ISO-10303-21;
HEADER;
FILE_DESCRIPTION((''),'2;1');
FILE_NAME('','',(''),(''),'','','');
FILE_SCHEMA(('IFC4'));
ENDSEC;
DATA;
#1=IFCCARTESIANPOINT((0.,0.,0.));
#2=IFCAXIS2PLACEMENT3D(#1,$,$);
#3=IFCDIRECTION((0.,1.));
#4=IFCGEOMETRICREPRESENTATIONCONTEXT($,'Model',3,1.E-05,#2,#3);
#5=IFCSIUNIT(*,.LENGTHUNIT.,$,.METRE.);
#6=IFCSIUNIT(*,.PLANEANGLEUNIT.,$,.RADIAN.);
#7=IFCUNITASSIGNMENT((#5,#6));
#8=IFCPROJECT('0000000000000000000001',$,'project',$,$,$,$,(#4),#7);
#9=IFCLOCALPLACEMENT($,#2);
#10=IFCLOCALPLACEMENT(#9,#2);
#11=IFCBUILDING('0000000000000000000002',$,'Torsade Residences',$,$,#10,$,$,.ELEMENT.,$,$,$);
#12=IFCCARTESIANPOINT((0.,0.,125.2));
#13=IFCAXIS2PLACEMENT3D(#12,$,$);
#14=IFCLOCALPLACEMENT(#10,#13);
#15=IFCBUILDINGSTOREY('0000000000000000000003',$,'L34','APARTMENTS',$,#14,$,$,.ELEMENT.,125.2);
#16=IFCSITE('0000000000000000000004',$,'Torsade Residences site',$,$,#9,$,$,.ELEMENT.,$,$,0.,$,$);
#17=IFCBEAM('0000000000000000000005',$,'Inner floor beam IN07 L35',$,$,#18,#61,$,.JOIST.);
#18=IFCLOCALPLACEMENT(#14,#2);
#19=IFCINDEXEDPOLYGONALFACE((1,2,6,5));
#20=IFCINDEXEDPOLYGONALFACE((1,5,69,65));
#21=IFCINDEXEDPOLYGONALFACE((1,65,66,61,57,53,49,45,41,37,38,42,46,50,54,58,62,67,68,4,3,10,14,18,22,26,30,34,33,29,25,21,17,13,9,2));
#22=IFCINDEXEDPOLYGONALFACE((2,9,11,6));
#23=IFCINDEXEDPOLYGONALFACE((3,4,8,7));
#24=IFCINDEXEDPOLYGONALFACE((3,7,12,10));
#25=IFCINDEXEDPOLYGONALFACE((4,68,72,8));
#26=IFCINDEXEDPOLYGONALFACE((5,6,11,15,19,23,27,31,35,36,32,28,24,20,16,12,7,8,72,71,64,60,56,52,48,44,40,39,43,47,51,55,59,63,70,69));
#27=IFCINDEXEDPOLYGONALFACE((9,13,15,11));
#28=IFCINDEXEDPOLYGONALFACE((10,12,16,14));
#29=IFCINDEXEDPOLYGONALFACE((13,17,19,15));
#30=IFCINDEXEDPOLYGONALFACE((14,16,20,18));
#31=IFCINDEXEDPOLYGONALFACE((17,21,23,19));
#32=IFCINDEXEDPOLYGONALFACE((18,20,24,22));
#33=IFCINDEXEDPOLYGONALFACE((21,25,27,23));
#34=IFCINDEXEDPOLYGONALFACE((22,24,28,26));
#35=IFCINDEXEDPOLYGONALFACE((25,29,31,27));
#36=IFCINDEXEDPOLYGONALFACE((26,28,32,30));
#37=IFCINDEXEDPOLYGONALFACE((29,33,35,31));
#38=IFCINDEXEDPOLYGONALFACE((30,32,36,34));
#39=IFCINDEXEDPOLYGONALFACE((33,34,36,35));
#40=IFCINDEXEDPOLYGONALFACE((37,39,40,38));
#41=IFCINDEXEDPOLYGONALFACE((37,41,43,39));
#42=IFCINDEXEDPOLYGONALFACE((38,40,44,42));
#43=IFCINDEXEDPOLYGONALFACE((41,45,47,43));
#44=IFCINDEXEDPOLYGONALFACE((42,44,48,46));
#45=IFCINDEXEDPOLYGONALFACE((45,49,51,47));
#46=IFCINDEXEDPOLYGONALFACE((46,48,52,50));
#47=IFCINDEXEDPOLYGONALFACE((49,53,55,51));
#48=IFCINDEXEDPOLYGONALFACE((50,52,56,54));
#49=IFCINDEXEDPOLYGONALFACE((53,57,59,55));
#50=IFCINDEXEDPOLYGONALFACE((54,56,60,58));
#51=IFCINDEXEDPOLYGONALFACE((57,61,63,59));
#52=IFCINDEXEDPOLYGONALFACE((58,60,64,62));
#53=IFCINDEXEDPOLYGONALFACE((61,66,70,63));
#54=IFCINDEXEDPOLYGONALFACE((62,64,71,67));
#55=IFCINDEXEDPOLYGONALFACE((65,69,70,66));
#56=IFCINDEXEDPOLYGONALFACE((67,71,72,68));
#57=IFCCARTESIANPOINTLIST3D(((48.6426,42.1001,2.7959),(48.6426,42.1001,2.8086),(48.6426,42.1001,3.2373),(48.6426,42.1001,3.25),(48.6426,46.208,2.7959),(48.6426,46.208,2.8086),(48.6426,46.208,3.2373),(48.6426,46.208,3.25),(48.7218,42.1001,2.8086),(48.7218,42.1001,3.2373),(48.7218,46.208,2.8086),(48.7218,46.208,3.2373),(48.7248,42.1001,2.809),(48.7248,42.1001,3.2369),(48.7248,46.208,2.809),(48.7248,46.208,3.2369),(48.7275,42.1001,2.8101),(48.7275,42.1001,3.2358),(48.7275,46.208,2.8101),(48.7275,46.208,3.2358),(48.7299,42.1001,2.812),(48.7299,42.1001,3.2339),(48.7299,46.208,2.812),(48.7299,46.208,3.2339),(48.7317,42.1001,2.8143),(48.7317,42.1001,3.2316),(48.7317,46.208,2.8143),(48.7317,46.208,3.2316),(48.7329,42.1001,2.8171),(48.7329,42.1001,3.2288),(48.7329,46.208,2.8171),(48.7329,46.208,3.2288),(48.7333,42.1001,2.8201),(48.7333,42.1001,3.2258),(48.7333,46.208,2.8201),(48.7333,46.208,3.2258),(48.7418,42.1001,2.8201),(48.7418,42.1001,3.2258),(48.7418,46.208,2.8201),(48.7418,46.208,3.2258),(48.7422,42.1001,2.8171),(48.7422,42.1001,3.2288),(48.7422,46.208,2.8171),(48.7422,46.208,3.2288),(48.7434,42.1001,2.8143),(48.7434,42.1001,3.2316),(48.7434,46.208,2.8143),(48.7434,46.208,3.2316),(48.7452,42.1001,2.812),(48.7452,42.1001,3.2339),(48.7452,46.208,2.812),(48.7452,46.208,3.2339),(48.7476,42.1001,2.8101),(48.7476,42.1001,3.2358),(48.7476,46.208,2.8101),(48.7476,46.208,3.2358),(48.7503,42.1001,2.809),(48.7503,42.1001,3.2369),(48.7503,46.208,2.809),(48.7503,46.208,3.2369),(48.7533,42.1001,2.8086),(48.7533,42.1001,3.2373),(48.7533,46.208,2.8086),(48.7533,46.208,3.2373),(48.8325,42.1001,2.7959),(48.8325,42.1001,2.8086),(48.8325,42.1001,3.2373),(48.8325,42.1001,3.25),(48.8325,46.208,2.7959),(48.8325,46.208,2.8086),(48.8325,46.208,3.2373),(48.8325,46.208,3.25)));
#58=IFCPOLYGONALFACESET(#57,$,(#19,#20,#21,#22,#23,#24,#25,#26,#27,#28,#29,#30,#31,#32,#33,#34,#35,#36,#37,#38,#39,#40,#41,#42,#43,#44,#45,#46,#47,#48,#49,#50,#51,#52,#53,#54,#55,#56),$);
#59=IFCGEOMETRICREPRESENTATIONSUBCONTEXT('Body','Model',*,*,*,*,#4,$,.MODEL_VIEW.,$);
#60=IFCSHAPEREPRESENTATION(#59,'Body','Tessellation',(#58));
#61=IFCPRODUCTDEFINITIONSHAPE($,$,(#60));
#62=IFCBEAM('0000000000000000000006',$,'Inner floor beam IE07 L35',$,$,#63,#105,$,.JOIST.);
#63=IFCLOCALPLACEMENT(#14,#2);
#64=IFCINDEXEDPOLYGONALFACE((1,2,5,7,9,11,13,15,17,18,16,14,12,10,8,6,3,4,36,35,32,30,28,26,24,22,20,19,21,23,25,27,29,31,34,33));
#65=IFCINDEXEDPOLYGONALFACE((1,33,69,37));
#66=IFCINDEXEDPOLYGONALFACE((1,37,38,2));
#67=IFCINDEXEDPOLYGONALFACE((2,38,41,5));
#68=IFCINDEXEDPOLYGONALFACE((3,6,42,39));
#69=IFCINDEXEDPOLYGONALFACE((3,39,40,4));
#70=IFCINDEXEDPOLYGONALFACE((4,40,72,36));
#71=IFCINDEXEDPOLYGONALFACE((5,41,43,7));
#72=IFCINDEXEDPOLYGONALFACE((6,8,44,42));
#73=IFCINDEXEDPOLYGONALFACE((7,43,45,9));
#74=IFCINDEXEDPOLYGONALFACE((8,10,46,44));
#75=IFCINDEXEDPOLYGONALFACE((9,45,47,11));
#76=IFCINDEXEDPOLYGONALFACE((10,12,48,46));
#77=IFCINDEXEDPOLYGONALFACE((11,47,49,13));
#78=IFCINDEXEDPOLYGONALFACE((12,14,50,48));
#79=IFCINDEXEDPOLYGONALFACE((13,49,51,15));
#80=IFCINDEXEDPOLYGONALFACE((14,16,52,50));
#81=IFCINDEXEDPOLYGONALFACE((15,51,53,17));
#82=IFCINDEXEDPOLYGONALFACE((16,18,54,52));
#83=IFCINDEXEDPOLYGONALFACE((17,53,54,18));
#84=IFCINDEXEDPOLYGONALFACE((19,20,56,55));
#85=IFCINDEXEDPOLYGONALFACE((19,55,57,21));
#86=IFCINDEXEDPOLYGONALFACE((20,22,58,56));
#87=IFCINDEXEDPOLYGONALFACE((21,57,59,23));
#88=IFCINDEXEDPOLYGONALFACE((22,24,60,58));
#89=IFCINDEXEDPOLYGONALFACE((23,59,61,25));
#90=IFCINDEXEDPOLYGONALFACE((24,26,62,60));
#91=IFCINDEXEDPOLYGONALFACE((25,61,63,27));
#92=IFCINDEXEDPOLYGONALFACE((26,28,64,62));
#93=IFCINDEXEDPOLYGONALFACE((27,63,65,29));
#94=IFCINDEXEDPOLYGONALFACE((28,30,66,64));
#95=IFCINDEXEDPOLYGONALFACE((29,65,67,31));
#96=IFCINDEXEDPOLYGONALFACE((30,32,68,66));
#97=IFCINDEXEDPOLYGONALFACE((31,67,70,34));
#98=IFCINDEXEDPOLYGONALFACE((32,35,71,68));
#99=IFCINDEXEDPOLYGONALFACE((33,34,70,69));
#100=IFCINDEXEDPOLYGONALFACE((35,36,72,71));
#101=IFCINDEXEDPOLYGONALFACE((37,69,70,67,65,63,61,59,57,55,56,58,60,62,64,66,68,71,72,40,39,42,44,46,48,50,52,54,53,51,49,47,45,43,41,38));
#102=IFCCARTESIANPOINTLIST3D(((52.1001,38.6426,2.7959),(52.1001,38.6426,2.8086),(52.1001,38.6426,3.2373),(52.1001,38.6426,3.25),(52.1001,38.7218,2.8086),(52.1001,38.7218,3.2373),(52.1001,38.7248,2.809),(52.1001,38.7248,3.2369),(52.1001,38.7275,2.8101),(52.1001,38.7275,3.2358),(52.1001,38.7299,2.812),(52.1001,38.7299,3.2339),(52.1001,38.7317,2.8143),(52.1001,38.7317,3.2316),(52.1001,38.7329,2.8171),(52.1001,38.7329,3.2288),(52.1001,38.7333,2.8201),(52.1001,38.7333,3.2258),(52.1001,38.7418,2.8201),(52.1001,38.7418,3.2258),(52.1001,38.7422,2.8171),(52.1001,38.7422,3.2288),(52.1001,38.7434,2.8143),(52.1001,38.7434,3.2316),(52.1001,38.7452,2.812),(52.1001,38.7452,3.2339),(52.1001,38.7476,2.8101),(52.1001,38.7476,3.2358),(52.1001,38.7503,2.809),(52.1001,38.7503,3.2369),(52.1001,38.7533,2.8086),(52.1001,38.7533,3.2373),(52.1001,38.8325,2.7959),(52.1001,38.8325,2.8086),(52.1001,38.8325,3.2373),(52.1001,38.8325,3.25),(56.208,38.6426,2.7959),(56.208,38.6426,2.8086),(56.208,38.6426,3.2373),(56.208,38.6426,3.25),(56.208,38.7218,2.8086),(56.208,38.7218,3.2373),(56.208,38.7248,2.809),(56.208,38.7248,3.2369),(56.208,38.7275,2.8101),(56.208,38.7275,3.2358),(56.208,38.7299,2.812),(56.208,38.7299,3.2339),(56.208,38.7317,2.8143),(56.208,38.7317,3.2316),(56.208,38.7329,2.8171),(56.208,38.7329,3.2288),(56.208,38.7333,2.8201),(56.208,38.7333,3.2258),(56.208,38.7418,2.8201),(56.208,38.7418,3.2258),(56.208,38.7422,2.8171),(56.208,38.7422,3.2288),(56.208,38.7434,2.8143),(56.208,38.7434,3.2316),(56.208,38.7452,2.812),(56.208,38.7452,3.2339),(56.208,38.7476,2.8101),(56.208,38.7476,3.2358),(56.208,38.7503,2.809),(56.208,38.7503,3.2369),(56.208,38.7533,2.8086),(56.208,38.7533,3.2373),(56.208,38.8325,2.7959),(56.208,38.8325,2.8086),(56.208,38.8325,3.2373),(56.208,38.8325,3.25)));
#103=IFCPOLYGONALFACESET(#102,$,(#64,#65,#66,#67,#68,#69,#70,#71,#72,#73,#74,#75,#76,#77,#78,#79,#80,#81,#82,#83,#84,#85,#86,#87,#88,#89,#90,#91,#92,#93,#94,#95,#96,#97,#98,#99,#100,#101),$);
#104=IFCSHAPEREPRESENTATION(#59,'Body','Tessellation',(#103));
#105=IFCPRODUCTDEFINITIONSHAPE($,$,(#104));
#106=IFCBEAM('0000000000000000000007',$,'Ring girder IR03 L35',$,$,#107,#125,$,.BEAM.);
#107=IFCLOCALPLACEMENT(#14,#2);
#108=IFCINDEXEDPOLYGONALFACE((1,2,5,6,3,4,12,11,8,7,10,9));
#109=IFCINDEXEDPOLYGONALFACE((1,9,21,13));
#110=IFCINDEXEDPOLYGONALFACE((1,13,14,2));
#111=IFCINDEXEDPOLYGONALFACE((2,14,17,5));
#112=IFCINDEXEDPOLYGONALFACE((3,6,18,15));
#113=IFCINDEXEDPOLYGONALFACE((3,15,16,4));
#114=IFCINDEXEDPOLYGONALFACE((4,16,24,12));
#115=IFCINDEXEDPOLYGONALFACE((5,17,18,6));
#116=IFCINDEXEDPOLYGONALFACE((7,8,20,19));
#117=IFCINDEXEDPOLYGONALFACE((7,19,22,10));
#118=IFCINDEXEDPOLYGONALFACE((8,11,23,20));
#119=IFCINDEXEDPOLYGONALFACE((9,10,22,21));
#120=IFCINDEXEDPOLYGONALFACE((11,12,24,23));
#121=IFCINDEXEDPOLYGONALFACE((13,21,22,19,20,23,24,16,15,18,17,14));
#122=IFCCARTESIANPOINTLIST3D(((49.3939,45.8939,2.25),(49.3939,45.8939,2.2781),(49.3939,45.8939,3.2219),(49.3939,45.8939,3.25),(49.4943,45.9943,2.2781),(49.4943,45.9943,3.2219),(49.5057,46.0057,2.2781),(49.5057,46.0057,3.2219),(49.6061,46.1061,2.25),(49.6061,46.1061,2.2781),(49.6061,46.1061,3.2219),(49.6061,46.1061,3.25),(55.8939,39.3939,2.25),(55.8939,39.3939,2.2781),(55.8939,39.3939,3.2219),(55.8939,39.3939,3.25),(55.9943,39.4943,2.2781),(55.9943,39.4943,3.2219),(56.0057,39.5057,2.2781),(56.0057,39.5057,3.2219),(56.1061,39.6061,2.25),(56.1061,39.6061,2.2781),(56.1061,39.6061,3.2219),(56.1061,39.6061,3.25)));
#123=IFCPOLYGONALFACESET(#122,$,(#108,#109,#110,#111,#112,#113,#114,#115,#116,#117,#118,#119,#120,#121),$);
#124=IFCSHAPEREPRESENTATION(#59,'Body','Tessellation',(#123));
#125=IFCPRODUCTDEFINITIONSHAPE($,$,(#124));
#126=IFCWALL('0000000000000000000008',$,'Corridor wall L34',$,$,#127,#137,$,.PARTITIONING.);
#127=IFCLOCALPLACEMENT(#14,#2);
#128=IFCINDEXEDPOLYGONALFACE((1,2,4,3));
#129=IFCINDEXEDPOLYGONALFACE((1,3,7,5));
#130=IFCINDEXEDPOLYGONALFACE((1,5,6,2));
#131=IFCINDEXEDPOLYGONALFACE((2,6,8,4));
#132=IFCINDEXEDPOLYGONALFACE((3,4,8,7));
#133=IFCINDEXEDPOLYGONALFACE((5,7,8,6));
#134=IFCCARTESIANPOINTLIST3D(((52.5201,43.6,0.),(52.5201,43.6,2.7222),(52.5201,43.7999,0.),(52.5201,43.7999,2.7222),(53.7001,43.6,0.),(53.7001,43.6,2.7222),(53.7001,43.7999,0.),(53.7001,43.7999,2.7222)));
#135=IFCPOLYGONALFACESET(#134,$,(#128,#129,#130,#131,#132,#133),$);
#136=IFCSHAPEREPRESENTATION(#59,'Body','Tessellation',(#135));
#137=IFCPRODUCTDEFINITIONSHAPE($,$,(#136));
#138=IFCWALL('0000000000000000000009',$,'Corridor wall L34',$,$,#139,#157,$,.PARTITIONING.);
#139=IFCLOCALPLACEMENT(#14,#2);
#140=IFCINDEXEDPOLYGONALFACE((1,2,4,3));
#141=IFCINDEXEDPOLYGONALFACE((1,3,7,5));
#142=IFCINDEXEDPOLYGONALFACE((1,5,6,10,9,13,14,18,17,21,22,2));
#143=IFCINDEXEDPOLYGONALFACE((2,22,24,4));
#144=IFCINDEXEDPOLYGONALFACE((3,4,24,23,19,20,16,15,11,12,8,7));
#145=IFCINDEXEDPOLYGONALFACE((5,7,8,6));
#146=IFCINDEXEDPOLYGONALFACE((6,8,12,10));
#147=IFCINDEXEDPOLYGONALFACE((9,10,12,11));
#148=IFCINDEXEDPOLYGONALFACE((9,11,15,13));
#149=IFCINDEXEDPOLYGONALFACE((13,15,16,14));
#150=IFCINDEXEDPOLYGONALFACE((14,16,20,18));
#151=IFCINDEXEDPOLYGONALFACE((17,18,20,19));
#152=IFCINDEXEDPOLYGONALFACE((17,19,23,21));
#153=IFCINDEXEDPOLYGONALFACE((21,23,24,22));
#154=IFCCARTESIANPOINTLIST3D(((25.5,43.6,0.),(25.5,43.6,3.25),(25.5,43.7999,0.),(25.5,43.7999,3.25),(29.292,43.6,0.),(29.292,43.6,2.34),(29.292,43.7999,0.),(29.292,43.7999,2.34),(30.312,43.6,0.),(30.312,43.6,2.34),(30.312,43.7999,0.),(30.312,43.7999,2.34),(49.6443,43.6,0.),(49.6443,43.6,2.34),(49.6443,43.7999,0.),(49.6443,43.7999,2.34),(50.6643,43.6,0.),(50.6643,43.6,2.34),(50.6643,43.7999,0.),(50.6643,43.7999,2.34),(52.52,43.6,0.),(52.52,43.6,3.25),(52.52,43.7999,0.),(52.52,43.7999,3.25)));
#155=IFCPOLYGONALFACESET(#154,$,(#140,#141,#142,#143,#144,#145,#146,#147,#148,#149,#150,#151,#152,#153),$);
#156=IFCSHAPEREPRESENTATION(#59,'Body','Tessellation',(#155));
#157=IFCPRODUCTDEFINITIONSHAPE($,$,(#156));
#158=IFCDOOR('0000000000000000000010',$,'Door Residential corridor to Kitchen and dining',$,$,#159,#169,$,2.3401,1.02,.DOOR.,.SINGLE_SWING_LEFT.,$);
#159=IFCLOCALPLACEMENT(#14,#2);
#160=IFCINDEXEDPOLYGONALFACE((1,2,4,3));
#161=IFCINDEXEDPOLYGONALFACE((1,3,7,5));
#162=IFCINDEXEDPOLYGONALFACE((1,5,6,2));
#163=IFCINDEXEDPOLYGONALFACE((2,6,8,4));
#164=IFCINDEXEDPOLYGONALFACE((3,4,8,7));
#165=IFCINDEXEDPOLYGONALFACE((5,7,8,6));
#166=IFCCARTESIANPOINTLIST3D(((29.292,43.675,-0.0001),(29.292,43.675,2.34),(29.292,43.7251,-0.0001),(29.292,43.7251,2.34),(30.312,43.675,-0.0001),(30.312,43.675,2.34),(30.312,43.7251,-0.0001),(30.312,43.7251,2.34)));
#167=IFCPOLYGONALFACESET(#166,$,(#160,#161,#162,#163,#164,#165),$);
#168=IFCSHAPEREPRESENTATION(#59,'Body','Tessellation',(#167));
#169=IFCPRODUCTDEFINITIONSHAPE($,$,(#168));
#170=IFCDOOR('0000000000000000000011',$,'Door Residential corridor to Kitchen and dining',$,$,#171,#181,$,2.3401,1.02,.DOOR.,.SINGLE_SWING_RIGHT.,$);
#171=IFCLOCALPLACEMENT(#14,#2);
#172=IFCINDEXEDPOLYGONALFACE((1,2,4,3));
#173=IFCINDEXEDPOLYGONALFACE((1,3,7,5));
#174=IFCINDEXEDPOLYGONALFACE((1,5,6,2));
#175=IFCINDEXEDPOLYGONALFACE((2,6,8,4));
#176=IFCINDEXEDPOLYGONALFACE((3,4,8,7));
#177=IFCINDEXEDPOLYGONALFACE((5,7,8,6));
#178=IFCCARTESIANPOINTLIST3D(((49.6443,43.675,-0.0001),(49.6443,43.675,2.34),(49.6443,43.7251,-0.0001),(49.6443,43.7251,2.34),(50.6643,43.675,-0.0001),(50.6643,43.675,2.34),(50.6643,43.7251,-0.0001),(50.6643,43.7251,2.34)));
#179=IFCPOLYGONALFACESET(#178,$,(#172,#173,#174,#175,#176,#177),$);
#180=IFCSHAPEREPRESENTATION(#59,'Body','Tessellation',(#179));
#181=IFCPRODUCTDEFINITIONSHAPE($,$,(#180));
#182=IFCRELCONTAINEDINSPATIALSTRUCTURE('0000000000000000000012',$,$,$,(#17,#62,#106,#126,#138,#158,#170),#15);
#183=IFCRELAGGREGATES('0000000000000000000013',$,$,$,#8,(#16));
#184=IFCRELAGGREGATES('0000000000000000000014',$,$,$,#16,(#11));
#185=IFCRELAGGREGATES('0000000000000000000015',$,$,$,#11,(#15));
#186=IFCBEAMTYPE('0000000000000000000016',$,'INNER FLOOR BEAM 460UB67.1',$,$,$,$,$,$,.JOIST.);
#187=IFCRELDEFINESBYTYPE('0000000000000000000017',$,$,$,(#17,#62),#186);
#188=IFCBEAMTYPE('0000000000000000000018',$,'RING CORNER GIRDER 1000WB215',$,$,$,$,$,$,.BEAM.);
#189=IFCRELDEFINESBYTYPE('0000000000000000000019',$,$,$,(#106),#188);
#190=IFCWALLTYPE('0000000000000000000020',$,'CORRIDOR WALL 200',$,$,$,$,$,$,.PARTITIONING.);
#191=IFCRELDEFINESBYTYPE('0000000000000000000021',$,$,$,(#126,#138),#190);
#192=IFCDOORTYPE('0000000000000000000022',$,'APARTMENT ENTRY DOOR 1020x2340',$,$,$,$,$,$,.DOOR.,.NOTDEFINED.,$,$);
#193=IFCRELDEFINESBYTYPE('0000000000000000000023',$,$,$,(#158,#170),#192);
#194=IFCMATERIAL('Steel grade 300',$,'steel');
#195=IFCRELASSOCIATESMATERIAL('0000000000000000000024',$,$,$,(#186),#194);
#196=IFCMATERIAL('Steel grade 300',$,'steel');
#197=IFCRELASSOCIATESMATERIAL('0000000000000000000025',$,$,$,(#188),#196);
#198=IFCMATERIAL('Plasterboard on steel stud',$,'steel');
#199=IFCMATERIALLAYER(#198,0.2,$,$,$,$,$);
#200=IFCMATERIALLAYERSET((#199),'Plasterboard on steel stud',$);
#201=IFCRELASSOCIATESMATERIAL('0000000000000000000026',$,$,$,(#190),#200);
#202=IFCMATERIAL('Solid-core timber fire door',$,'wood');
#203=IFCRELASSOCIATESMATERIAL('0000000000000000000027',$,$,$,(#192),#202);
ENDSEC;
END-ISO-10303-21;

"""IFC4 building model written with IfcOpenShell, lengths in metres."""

from ifc_helpers import new_model, si_unit, direction, frame, frame_2d, origin, origin_2d, place, context, subcontext, project, spatial, rectangle, i_section, extrude, material, layer, layer_set, material_profile, profile_set, type_object, element, fill, save


model = new_model("IFC4")

# Units and contexts
model_context = context("Model", 3, precision=1e-05, world=origin(), true_north=direction((0.0, 1.0)))
body_context = subcontext(model_context, "Body", "Model", "MODEL_VIEW")
ifc_project = project(units=[si_unit("LENGTHUNIT", "METRE"), si_unit("PLANEANGLEUNIT", "RADIAN")], contexts=[model_context])

# Site, building, storey
site_placement = place(None, origin())
site = spatial("IfcSite", under=ifc_project, at=site_placement, Name="Torsade Residences site", CompositionType="ELEMENT", RefElevation=0.0)
building_placement = place(site_placement, origin())
building = spatial("IfcBuilding", under=site, at=building_placement, Name="Torsade Residences", CompositionType="ELEMENT")
storey_placement = place(building_placement, frame((0.0, 0.0, 125.2)))
storey = spatial("IfcBuildingStorey", under=building, at=storey_placement, Name="L34", Description="APARTMENTS", CompositionType="ELEMENT", Elevation=125.2)

# Beams
ifc_material_1 = material(Name="Steel grade 300", Category="steel")
ifc_material_profile_1 = material_profile(ifc_material_1, i_section(OverallWidth=0.1899, OverallDepth=0.4541, WebThickness=0.0085, FlangeThickness=0.0127, FilletRadius=0.0115, at=origin_2d()), Name="460UB67.1")
ifc_profile_set_1 = profile_set([ifc_material_profile_1], Name="Steel grade 300")
beam_type_1 = type_object("IfcBeamType", Name="INNER FLOOR BEAM 460UB67.1", PredefinedType="JOIST", material=ifc_profile_set_1)
for number, where, z_axis, x_axis, name in (
    (1, (48.7375, 42.1001, 3.0229), (0.0, 1.0, 0.0), (-1.0, 0.0, 0.0), "Inner floor beam IN07 L35"),
    (2, (52.1001, 38.7375, 3.0229), (1.0, 0.0, 0.0), (0.0, 1.0, 0.0), "Inner floor beam IE07 L35"),
):
    element("IfcBeam", number, at=place(storey_placement, frame(where, z_axis=z_axis, x_axis=x_axis)), inside=storey, type_object=beam_type_1, Name=name, PredefinedType="JOIST", context=body_context, shape_type="SweptSolid", body=[
        extrude(i_section(OverallWidth=0.1899, OverallDepth=0.4541, WebThickness=0.0085, FlangeThickness=0.0127, FilletRadius=0.0115, at=origin_2d()), origin(), (0.0, 0.0, 1.0), 4.1079),
    ])
ifc_material_2 = material(Name="Steel grade 300", Category="steel")
ifc_material_profile_2 = material_profile(ifc_material_2, i_section(OverallWidth=0.3, OverallDepth=1.0, WebThickness=0.0161, FlangeThickness=0.0281, at=origin_2d()), Name="1000WB215")
ifc_profile_set_2 = profile_set([ifc_material_profile_2], Name="Steel grade 300")
beam_type_2 = type_object("IfcBeamType", Name="RING CORNER GIRDER 1000WB215", PredefinedType="BEAM", material=ifc_profile_set_2)
beam_1_placement = place(storey_placement, frame((56.0, 39.5, 2.75), z_axis=(-0.707107, 0.707107, 0.0), x_axis=(-0.707107, -0.707107, 0.0)))
element("IfcBeam", 3, at=beam_1_placement, inside=storey, type_object=beam_type_2, Name="Ring girder IR03 L35", PredefinedType="BEAM", context=body_context, shape_type="SweptSolid", body=[
    extrude(i_section(OverallWidth=0.3, OverallDepth=1.0, WebThickness=0.0161, FlangeThickness=0.0281, at=origin_2d()), origin(), (0.0, 0.0, 1.0), 9.1924),
])

# Wall
ifc_material_3 = material(Name="Plasterboard on steel stud", Category="steel")
ifc_layer_1 = layer(ifc_material_3, 0.2)
ifc_layer_set_1 = layer_set([ifc_layer_1], Name="Plasterboard on steel stud")
wall_type_1 = type_object("IfcWallType", Name="CORRIDOR WALL 200", PredefinedType="PARTITIONING", material=ifc_layer_set_1)
wall_1_placement = place(storey_placement, frame((53.7, 43.7, 0.0), z_axis=(0.0, 0.0, 1.0), x_axis=(-1.0, 0.0, 0.0)))
element("IfcWall", 4, at=wall_1_placement, inside=storey, type_object=wall_type_1, Name="Corridor wall L34", PredefinedType="PARTITIONING", context=body_context, shape_type="SweptSolid", body=[
    extrude(rectangle(XDim=1.1799, YDim=0.2, at=frame_2d((0.5898, 0.0))), origin(), (0.0, 0.0, 1.0), 2.7222),
])

# Wall, openings, doors
wall_2_placement = place(storey_placement, frame((52.52, 43.7, 0.0), z_axis=(0.0, 0.0, 1.0), x_axis=(-1.0, 0.0, 0.0)))
wall_2 = element("IfcWall", 5, at=wall_2_placement, inside=storey, type_object=wall_type_1, Name="Corridor wall L34", PredefinedType="PARTITIONING", context=body_context, shape_type="SweptSolid", body=[
    extrude(rectangle(XDim=27.02, YDim=0.2, at=frame_2d((13.51, 0.0))), origin(), (0.0, 0.0, 1.0), 3.25),
])
opening_1_placement = place(wall_2_placement, frame((22.208, 0.0, 0.0)))
opening_1 = element("IfcOpeningElement", 6, at=opening_1_placement, cuts=wall_2, PredefinedType="OPENING", context=body_context, shape_type="SweptSolid", body=[
    extrude(rectangle(XDim=1.02, YDim=2.3401, at=frame_2d((0.51, 1.1699))), frame((0.0, 0.1099, 0.0), z_axis=(0.0, -1.0, 0.0), x_axis=(1.0, 0.0, 0.0)), (0.0, 0.0, 1.0), 0.22),
])
opening_2_placement = place(wall_2_placement, frame((1.8557, 0.0, 0.0)))
opening_2 = element("IfcOpeningElement", 7, at=opening_2_placement, cuts=wall_2, PredefinedType="OPENING", context=body_context, shape_type="SweptSolid", body=[
    extrude(rectangle(XDim=1.02, YDim=2.3401, at=frame_2d((0.51, 1.1699))), frame((0.0, 0.1099, 0.0), z_axis=(0.0, -1.0, 0.0), x_axis=(1.0, 0.0, 0.0)), (0.0, 0.0, 1.0), 0.22),
])
ifc_material_4 = material(Name="Solid-core timber fire door", Category="wood")
door_type_1 = type_object("IfcDoorType", Name="APARTMENT ENTRY DOOR 1020x2340", OperationType="NOTDEFINED", PredefinedType="DOOR", material=ifc_material_4)
door_1_placement = place(opening_1_placement, origin())
door_1 = element("IfcDoor", 8, at=door_1_placement, inside=storey, type_object=door_type_1, Name="Door Residential corridor to Kitchen and dining", OperationType="SINGLE_SWING_LEFT", OverallHeight=2.3401, OverallWidth=1.02, PredefinedType="DOOR", context=body_context, shape_type="SweptSolid", body=[
    extrude(rectangle(XDim=1.02, YDim=2.3401, at=frame_2d((0.51, 1.1699))), frame((0.0, 0.0249, 0.0), z_axis=(0.0, -1.0, 0.0), x_axis=(1.0, 0.0, 0.0)), (0.0, 0.0, 1.0), 0.05),
])
fill(opening_1, door_1)
door_2_placement = place(opening_2_placement, origin())
door_2 = element("IfcDoor", 9, at=door_2_placement, inside=storey, type_object=door_type_1, Name="Door Residential corridor to Kitchen and dining", OperationType="SINGLE_SWING_RIGHT", OverallHeight=2.3401, OverallWidth=1.02, PredefinedType="DOOR", context=body_context, shape_type="SweptSolid", body=[
    extrude(rectangle(XDim=1.02, YDim=2.3401, at=frame_2d((0.51, 1.1699))), frame((0.0, 0.0249, 0.0), z_axis=(0.0, -1.0, 0.0), x_axis=(1.0, 0.0, 0.0)), (0.0, 0.0, 1.0), 0.05),
])
fill(opening_2, door_2)

save(model, "model.ifc")
